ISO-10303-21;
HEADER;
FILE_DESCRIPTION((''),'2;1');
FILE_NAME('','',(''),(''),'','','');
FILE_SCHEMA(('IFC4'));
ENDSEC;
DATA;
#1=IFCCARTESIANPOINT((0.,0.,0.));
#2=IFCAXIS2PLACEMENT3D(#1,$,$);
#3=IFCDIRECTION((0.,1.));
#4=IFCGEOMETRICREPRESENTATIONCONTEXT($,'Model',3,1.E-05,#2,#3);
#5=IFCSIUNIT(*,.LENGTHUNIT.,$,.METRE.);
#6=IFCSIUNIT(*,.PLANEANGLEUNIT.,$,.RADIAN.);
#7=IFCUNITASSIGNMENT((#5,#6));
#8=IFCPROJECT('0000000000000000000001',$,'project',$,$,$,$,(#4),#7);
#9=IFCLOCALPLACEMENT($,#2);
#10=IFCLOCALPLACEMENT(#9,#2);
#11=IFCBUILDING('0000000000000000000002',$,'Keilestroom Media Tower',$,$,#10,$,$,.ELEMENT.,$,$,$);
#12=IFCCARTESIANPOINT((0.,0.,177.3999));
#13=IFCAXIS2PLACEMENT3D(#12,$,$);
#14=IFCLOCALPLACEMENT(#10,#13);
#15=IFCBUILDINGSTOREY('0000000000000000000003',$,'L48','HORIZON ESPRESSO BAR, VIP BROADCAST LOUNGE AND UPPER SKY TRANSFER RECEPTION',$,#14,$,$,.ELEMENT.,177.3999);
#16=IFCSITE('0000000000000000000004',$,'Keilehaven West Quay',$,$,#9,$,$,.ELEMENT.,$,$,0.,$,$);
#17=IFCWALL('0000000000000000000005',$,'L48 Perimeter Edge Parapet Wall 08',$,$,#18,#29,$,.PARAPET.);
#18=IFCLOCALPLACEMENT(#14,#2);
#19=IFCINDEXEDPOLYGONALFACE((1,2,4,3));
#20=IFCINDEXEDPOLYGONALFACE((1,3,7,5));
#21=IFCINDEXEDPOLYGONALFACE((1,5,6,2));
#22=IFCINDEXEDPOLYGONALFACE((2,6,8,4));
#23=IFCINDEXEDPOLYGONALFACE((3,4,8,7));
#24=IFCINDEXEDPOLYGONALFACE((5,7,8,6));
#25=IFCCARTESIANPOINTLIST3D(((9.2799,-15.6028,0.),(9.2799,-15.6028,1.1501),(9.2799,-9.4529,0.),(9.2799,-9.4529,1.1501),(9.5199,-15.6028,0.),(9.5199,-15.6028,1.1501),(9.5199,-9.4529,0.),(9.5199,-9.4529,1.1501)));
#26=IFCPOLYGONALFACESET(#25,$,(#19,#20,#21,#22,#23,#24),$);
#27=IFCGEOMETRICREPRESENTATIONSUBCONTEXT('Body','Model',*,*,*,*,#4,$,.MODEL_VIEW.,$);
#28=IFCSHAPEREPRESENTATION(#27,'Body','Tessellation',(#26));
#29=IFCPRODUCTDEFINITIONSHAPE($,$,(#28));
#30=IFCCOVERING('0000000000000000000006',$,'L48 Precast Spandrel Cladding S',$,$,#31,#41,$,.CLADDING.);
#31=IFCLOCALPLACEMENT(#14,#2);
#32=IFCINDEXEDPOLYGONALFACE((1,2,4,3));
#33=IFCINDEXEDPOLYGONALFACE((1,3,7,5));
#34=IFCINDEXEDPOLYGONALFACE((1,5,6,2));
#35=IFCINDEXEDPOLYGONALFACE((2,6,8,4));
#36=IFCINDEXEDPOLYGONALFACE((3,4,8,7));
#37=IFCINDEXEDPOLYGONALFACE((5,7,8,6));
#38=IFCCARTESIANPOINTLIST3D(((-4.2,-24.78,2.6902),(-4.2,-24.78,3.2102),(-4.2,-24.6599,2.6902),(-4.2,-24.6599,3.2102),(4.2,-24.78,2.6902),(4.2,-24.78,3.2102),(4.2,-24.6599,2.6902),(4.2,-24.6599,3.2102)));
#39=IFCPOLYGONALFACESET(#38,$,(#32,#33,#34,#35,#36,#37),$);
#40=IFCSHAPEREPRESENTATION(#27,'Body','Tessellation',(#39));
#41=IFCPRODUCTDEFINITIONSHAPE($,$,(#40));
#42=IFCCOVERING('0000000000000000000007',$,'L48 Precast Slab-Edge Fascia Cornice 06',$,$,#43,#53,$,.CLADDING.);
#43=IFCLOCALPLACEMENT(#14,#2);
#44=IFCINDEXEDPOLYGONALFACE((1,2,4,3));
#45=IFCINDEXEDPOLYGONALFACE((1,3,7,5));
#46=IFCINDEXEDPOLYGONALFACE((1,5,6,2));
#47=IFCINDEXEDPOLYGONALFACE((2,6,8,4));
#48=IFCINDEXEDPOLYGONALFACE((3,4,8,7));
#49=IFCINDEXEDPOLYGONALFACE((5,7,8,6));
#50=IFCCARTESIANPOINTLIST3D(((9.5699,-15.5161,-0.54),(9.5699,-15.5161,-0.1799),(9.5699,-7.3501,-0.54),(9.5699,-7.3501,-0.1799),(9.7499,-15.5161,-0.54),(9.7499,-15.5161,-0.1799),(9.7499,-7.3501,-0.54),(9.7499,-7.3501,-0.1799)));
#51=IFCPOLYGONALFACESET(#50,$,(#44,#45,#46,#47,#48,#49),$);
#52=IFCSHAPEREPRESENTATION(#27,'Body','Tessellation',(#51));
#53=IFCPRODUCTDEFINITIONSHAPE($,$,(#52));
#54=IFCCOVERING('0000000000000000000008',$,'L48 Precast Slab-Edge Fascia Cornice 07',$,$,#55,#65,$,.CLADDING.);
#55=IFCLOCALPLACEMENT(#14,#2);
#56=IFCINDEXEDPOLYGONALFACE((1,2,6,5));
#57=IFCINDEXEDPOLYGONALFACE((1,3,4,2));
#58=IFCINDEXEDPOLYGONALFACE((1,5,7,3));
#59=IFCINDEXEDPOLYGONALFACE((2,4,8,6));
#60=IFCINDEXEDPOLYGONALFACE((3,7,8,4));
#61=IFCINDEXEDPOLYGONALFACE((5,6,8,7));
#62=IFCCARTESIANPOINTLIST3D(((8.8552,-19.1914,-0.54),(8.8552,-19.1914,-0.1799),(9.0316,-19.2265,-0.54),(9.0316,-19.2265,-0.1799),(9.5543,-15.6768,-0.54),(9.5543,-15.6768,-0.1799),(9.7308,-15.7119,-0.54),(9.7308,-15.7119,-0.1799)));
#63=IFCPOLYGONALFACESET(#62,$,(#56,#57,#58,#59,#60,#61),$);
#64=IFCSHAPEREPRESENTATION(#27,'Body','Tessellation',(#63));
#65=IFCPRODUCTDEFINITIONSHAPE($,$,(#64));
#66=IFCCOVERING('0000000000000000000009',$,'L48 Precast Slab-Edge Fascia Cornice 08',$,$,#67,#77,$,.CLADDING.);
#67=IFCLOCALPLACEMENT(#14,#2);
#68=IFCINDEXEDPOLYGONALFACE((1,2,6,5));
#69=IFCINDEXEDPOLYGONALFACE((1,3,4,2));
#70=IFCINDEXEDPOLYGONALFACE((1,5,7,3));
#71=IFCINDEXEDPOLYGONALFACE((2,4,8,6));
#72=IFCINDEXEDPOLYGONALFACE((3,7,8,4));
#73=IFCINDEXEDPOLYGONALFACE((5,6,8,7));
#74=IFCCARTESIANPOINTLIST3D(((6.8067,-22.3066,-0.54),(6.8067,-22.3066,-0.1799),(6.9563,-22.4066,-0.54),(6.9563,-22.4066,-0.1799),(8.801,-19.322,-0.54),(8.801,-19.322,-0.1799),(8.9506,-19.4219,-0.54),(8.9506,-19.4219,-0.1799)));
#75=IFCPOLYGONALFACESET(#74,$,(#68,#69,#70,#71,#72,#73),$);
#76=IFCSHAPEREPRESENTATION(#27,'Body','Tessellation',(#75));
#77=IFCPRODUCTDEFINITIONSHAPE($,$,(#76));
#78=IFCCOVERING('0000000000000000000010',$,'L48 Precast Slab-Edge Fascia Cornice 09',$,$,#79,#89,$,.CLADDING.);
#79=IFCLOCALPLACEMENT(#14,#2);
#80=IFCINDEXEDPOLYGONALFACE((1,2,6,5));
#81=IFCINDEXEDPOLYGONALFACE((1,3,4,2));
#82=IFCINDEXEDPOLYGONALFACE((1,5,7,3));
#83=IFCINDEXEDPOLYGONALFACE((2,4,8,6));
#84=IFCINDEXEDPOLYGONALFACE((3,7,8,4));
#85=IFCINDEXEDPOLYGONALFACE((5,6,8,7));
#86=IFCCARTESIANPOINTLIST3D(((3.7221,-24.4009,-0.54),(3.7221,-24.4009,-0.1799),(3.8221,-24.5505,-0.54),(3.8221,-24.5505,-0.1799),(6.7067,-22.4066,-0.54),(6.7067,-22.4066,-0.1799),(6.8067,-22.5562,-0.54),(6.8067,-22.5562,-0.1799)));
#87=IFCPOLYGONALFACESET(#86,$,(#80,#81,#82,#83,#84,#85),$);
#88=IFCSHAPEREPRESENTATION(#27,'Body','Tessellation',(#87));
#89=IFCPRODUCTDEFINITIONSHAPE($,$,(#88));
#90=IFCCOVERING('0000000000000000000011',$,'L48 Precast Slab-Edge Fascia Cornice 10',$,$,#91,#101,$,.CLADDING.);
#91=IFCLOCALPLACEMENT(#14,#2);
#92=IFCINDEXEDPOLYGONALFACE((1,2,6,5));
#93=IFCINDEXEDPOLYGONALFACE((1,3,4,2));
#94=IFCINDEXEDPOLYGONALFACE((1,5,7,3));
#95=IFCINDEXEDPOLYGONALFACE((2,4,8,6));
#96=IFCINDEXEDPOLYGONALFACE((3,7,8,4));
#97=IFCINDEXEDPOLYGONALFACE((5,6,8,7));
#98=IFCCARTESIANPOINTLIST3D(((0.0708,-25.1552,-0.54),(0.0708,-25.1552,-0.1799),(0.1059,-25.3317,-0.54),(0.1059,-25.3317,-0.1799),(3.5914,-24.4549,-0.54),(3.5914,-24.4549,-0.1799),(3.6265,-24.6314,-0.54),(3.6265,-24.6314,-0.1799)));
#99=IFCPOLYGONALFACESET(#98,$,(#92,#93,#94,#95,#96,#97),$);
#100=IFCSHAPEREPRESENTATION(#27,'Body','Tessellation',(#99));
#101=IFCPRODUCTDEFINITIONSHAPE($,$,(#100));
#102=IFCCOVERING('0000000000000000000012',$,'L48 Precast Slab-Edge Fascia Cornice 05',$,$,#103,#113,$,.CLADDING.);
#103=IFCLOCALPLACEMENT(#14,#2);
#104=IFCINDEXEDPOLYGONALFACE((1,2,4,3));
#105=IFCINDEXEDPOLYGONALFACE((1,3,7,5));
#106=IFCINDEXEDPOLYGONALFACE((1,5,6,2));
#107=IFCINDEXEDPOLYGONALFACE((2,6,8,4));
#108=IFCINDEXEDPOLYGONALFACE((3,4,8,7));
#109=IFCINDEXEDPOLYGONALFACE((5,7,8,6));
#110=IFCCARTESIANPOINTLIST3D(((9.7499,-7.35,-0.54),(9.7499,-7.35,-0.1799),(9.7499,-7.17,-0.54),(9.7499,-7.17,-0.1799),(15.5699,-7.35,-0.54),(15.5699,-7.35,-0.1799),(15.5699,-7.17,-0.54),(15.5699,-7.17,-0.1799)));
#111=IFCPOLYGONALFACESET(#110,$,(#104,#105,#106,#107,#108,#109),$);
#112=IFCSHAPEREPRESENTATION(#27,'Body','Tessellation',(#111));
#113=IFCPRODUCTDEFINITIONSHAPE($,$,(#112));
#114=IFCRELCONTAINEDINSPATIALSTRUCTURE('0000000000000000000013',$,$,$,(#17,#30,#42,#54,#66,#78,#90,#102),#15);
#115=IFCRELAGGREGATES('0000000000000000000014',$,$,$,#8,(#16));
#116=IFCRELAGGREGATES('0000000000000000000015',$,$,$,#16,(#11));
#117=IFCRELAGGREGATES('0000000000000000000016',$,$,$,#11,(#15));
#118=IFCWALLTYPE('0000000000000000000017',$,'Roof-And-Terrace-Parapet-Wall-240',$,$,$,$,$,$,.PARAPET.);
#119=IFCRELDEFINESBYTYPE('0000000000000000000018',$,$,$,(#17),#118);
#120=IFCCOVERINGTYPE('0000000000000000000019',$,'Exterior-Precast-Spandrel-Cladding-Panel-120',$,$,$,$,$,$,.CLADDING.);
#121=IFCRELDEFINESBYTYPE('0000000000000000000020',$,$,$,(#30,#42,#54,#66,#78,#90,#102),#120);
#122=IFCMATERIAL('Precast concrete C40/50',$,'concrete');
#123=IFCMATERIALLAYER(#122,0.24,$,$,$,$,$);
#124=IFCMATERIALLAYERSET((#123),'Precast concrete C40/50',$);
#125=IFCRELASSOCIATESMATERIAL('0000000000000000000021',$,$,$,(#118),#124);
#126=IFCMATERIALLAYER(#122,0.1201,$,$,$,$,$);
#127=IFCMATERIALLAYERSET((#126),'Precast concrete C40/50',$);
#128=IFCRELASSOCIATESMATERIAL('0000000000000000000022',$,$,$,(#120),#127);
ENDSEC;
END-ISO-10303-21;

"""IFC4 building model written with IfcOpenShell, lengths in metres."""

from ifc_helpers import new_model, si_unit, direction, frame, frame_2d, origin, origin_2d, place, context, subcontext, project, spatial, rectangle, extrude, source, transform, mapped, material, layer, layer_set, type_object, element, save


model = new_model("IFC4")

# Units and contexts
model_context = context("Model", 3, precision=1e-05, world=origin(), true_north=direction((0.0, 1.0)))
body_context = subcontext(model_context, "Body", "Model", "MODEL_VIEW")
ifc_project = project(units=[si_unit("LENGTHUNIT", "METRE"), si_unit("PLANEANGLEUNIT", "RADIAN")], contexts=[model_context])

# Site, building, storey
site_placement = place(None, origin())
site = spatial("IfcSite", under=ifc_project, at=site_placement, Name="Keilehaven West Quay", CompositionType="ELEMENT", RefElevation=0.0)
building_placement = place(site_placement, origin())
building = spatial("IfcBuilding", under=site, at=building_placement, Name="Keilestroom Media Tower", CompositionType="ELEMENT")
storey_placement = place(building_placement, frame((0.0, 0.0, 177.3999)))
storey = spatial("IfcBuildingStorey", under=building, at=storey_placement, Name="L48", Description="HORIZON ESPRESSO BAR, VIP BROADCAST LOUNGE AND UPPER SKY TRANSFER RECEPTION", CompositionType="ELEMENT", Elevation=177.3999)

# Shared definitions
ifc_material_1 = material(Name="Precast concrete C40/50", Category="concrete")

# Wall
ifc_layer_1 = layer(ifc_material_1, 0.24)
ifc_layer_set_1 = layer_set([ifc_layer_1], Name="Precast concrete C40/50")
wall_type_1 = type_object("IfcWallType", Name="Roof-And-Terrace-Parapet-Wall-240", PredefinedType="PARAPET", material=ifc_layer_set_1)
wall_1_placement = place(storey_placement, frame((9.3999, -9.4529, 0.0), z_axis=(0.0, 0.0, 1.0), x_axis=(0.0, -1.0, 0.0)))
element("IfcWall", 1, at=wall_1_placement, inside=storey, type_object=wall_type_1, Name="L48 Perimeter Edge Parapet Wall 08", PredefinedType="PARAPET", context=body_context, shape_type="SweptSolid", body=[
    extrude(rectangle(XDim=6.1499, YDim=0.24, at=frame_2d((3.075, 0.0))), origin(), (0.0, 0.0, 1.0), 1.1501),
])

# Coverings
ifc_layer_2 = layer(ifc_material_1, 0.1201)
ifc_layer_set_2 = layer_set([ifc_layer_2], Name="Precast concrete C40/50")
covering_type = type_object("IfcCoveringType", Name="Exterior-Precast-Spandrel-Cladding-Panel-120", PredefinedType="CLADDING", material=ifc_layer_set_2)
shared_shape_1 = source(origin(), body_context, "Body", "SweptSolid", [
    extrude(rectangle(XDim=8.3999, YDim=0.1201, at=origin_2d()), origin(), (0.0, 0.0, 1.0), 0.52),
])
covering_1_placement = place(storey_placement, frame((0.0, -24.72, 2.6902), z_axis=(0.0, 0.0, 1.0), x_axis=(1.0, 0.0, 0.0)))
element("IfcCovering", 2, at=covering_1_placement, inside=storey, type_object=covering_type, Name="L48 Precast Spandrel Cladding S", PredefinedType="CLADDING", context=body_context, shape_type="MappedRepresentation", body=[
    mapped(shared_shape_1, transform((0.0, 0.0, 0.0), x_axis=(1.0, 0.0, 0.0), y_axis=(0.0, 1.0, 0.0), z_axis=(0.0, 0.0, 1.0), scale=1.0)),
])
shared_shape_2 = source(origin(), body_context, "Body", "SweptSolid", [
    extrude(rectangle(XDim=8.166, YDim=0.1799, at=origin_2d()), origin(), (0.0, 0.0, 1.0), 0.3601),
])
covering_2_placement = place(storey_placement, frame((9.6599, -11.4331, -0.54), z_axis=(0.0, 0.0, 1.0), x_axis=(0.0, -1.0, 0.0)))
element("IfcCovering", 3, at=covering_2_placement, inside=storey, type_object=covering_type, Name="L48 Precast Slab-Edge Fascia Cornice 06", PredefinedType="CLADDING", context=body_context, shape_type="MappedRepresentation", body=[
    mapped(shared_shape_2, transform((0.0, 0.0, 0.0), x_axis=(1.0, 0.0, 0.0), y_axis=(0.0, 1.0, 0.0), z_axis=(0.0, 0.0, 1.0), scale=1.0)),
])
shared_shape_3 = source(origin(), body_context, "Body", "SweptSolid", [
    extrude(rectangle(XDim=3.5835, YDim=0.1799, at=origin_2d()), origin(), (0.0, 0.0, 1.0), 0.3601),
])
covering_3_placement = place(storey_placement, frame((9.293, -17.4517, -0.54), z_axis=(0.0, 0.0, 1.0), x_axis=(-0.195099, -0.980784, 0.0)))
element("IfcCovering", 4, at=covering_3_placement, inside=storey, type_object=covering_type, Name="L48 Precast Slab-Edge Fascia Cornice 07", PredefinedType="CLADDING", context=body_context, shape_type="MappedRepresentation", body=[
    mapped(shared_shape_3, transform((0.0, 0.0, 0.0), x_axis=(1.0, 0.0, 0.0), y_axis=(0.0, 1.0, 0.0), z_axis=(0.0, 0.0, 1.0), scale=1.0)),
])
shared_shape_4 = source(origin(), body_context, "Body", "SweptSolid", [
    extrude(rectangle(XDim=3.5896, YDim=0.1799, at=origin_2d()), origin(), (0.0, 0.0, 1.0), 0.3601),
])
for number, where, z_axis, x_axis, name in (
    (5, (7.8787, -20.8643, -0.54), (0.0, 0.0, 1.0), (-0.555575, -0.831467, 0.0), "L48 Precast Slab-Edge Fascia Cornice 08"),
    (6, (5.2644, -23.4785, -0.54), (0.0, 0.0, 1.0), (-0.831467, -0.555575, 0.0), "L48 Precast Slab-Edge Fascia Cornice 09"),
    (7, (1.8486, -24.8933, -0.54), (0.0, 0.0, 1.0), (-0.980784, -0.195099, 0.0), "L48 Precast Slab-Edge Fascia Cornice 10"),
):
    element("IfcCovering", number, at=place(storey_placement, frame(where, z_axis=z_axis, x_axis=x_axis)), inside=storey, type_object=covering_type, Name=name, PredefinedType="CLADDING", context=body_context, shape_type="MappedRepresentation", body=[
        mapped(shared_shape_4, transform((0.0, 0.0, 0.0), x_axis=(1.0, 0.0, 0.0), y_axis=(0.0, 1.0, 0.0), z_axis=(0.0, 0.0, 1.0), scale=1.0)),
    ])
shared_shape_5 = source(origin(), body_context, "Body", "SweptSolid", [
    extrude(rectangle(XDim=5.8201, YDim=0.1799, at=origin_2d()), origin(), (0.0, 0.0, 1.0), 0.3601),
])
covering_4_placement = place(storey_placement, frame((12.6599, -7.26, -0.54), z_axis=(0.0, 0.0, 1.0), x_axis=(-1.0, 0.0, 0.0)))
element("IfcCovering", 8, at=covering_4_placement, inside=storey, type_object=covering_type, Name="L48 Precast Slab-Edge Fascia Cornice 05", PredefinedType="CLADDING", context=body_context, shape_type="MappedRepresentation", body=[
    mapped(shared_shape_5, transform((0.0, 0.0, 0.0), x_axis=(1.0, 0.0, 0.0), y_axis=(0.0, 1.0, 0.0), z_axis=(0.0, 0.0, 1.0), scale=1.0)),
])

save(model, "model.ifc")
